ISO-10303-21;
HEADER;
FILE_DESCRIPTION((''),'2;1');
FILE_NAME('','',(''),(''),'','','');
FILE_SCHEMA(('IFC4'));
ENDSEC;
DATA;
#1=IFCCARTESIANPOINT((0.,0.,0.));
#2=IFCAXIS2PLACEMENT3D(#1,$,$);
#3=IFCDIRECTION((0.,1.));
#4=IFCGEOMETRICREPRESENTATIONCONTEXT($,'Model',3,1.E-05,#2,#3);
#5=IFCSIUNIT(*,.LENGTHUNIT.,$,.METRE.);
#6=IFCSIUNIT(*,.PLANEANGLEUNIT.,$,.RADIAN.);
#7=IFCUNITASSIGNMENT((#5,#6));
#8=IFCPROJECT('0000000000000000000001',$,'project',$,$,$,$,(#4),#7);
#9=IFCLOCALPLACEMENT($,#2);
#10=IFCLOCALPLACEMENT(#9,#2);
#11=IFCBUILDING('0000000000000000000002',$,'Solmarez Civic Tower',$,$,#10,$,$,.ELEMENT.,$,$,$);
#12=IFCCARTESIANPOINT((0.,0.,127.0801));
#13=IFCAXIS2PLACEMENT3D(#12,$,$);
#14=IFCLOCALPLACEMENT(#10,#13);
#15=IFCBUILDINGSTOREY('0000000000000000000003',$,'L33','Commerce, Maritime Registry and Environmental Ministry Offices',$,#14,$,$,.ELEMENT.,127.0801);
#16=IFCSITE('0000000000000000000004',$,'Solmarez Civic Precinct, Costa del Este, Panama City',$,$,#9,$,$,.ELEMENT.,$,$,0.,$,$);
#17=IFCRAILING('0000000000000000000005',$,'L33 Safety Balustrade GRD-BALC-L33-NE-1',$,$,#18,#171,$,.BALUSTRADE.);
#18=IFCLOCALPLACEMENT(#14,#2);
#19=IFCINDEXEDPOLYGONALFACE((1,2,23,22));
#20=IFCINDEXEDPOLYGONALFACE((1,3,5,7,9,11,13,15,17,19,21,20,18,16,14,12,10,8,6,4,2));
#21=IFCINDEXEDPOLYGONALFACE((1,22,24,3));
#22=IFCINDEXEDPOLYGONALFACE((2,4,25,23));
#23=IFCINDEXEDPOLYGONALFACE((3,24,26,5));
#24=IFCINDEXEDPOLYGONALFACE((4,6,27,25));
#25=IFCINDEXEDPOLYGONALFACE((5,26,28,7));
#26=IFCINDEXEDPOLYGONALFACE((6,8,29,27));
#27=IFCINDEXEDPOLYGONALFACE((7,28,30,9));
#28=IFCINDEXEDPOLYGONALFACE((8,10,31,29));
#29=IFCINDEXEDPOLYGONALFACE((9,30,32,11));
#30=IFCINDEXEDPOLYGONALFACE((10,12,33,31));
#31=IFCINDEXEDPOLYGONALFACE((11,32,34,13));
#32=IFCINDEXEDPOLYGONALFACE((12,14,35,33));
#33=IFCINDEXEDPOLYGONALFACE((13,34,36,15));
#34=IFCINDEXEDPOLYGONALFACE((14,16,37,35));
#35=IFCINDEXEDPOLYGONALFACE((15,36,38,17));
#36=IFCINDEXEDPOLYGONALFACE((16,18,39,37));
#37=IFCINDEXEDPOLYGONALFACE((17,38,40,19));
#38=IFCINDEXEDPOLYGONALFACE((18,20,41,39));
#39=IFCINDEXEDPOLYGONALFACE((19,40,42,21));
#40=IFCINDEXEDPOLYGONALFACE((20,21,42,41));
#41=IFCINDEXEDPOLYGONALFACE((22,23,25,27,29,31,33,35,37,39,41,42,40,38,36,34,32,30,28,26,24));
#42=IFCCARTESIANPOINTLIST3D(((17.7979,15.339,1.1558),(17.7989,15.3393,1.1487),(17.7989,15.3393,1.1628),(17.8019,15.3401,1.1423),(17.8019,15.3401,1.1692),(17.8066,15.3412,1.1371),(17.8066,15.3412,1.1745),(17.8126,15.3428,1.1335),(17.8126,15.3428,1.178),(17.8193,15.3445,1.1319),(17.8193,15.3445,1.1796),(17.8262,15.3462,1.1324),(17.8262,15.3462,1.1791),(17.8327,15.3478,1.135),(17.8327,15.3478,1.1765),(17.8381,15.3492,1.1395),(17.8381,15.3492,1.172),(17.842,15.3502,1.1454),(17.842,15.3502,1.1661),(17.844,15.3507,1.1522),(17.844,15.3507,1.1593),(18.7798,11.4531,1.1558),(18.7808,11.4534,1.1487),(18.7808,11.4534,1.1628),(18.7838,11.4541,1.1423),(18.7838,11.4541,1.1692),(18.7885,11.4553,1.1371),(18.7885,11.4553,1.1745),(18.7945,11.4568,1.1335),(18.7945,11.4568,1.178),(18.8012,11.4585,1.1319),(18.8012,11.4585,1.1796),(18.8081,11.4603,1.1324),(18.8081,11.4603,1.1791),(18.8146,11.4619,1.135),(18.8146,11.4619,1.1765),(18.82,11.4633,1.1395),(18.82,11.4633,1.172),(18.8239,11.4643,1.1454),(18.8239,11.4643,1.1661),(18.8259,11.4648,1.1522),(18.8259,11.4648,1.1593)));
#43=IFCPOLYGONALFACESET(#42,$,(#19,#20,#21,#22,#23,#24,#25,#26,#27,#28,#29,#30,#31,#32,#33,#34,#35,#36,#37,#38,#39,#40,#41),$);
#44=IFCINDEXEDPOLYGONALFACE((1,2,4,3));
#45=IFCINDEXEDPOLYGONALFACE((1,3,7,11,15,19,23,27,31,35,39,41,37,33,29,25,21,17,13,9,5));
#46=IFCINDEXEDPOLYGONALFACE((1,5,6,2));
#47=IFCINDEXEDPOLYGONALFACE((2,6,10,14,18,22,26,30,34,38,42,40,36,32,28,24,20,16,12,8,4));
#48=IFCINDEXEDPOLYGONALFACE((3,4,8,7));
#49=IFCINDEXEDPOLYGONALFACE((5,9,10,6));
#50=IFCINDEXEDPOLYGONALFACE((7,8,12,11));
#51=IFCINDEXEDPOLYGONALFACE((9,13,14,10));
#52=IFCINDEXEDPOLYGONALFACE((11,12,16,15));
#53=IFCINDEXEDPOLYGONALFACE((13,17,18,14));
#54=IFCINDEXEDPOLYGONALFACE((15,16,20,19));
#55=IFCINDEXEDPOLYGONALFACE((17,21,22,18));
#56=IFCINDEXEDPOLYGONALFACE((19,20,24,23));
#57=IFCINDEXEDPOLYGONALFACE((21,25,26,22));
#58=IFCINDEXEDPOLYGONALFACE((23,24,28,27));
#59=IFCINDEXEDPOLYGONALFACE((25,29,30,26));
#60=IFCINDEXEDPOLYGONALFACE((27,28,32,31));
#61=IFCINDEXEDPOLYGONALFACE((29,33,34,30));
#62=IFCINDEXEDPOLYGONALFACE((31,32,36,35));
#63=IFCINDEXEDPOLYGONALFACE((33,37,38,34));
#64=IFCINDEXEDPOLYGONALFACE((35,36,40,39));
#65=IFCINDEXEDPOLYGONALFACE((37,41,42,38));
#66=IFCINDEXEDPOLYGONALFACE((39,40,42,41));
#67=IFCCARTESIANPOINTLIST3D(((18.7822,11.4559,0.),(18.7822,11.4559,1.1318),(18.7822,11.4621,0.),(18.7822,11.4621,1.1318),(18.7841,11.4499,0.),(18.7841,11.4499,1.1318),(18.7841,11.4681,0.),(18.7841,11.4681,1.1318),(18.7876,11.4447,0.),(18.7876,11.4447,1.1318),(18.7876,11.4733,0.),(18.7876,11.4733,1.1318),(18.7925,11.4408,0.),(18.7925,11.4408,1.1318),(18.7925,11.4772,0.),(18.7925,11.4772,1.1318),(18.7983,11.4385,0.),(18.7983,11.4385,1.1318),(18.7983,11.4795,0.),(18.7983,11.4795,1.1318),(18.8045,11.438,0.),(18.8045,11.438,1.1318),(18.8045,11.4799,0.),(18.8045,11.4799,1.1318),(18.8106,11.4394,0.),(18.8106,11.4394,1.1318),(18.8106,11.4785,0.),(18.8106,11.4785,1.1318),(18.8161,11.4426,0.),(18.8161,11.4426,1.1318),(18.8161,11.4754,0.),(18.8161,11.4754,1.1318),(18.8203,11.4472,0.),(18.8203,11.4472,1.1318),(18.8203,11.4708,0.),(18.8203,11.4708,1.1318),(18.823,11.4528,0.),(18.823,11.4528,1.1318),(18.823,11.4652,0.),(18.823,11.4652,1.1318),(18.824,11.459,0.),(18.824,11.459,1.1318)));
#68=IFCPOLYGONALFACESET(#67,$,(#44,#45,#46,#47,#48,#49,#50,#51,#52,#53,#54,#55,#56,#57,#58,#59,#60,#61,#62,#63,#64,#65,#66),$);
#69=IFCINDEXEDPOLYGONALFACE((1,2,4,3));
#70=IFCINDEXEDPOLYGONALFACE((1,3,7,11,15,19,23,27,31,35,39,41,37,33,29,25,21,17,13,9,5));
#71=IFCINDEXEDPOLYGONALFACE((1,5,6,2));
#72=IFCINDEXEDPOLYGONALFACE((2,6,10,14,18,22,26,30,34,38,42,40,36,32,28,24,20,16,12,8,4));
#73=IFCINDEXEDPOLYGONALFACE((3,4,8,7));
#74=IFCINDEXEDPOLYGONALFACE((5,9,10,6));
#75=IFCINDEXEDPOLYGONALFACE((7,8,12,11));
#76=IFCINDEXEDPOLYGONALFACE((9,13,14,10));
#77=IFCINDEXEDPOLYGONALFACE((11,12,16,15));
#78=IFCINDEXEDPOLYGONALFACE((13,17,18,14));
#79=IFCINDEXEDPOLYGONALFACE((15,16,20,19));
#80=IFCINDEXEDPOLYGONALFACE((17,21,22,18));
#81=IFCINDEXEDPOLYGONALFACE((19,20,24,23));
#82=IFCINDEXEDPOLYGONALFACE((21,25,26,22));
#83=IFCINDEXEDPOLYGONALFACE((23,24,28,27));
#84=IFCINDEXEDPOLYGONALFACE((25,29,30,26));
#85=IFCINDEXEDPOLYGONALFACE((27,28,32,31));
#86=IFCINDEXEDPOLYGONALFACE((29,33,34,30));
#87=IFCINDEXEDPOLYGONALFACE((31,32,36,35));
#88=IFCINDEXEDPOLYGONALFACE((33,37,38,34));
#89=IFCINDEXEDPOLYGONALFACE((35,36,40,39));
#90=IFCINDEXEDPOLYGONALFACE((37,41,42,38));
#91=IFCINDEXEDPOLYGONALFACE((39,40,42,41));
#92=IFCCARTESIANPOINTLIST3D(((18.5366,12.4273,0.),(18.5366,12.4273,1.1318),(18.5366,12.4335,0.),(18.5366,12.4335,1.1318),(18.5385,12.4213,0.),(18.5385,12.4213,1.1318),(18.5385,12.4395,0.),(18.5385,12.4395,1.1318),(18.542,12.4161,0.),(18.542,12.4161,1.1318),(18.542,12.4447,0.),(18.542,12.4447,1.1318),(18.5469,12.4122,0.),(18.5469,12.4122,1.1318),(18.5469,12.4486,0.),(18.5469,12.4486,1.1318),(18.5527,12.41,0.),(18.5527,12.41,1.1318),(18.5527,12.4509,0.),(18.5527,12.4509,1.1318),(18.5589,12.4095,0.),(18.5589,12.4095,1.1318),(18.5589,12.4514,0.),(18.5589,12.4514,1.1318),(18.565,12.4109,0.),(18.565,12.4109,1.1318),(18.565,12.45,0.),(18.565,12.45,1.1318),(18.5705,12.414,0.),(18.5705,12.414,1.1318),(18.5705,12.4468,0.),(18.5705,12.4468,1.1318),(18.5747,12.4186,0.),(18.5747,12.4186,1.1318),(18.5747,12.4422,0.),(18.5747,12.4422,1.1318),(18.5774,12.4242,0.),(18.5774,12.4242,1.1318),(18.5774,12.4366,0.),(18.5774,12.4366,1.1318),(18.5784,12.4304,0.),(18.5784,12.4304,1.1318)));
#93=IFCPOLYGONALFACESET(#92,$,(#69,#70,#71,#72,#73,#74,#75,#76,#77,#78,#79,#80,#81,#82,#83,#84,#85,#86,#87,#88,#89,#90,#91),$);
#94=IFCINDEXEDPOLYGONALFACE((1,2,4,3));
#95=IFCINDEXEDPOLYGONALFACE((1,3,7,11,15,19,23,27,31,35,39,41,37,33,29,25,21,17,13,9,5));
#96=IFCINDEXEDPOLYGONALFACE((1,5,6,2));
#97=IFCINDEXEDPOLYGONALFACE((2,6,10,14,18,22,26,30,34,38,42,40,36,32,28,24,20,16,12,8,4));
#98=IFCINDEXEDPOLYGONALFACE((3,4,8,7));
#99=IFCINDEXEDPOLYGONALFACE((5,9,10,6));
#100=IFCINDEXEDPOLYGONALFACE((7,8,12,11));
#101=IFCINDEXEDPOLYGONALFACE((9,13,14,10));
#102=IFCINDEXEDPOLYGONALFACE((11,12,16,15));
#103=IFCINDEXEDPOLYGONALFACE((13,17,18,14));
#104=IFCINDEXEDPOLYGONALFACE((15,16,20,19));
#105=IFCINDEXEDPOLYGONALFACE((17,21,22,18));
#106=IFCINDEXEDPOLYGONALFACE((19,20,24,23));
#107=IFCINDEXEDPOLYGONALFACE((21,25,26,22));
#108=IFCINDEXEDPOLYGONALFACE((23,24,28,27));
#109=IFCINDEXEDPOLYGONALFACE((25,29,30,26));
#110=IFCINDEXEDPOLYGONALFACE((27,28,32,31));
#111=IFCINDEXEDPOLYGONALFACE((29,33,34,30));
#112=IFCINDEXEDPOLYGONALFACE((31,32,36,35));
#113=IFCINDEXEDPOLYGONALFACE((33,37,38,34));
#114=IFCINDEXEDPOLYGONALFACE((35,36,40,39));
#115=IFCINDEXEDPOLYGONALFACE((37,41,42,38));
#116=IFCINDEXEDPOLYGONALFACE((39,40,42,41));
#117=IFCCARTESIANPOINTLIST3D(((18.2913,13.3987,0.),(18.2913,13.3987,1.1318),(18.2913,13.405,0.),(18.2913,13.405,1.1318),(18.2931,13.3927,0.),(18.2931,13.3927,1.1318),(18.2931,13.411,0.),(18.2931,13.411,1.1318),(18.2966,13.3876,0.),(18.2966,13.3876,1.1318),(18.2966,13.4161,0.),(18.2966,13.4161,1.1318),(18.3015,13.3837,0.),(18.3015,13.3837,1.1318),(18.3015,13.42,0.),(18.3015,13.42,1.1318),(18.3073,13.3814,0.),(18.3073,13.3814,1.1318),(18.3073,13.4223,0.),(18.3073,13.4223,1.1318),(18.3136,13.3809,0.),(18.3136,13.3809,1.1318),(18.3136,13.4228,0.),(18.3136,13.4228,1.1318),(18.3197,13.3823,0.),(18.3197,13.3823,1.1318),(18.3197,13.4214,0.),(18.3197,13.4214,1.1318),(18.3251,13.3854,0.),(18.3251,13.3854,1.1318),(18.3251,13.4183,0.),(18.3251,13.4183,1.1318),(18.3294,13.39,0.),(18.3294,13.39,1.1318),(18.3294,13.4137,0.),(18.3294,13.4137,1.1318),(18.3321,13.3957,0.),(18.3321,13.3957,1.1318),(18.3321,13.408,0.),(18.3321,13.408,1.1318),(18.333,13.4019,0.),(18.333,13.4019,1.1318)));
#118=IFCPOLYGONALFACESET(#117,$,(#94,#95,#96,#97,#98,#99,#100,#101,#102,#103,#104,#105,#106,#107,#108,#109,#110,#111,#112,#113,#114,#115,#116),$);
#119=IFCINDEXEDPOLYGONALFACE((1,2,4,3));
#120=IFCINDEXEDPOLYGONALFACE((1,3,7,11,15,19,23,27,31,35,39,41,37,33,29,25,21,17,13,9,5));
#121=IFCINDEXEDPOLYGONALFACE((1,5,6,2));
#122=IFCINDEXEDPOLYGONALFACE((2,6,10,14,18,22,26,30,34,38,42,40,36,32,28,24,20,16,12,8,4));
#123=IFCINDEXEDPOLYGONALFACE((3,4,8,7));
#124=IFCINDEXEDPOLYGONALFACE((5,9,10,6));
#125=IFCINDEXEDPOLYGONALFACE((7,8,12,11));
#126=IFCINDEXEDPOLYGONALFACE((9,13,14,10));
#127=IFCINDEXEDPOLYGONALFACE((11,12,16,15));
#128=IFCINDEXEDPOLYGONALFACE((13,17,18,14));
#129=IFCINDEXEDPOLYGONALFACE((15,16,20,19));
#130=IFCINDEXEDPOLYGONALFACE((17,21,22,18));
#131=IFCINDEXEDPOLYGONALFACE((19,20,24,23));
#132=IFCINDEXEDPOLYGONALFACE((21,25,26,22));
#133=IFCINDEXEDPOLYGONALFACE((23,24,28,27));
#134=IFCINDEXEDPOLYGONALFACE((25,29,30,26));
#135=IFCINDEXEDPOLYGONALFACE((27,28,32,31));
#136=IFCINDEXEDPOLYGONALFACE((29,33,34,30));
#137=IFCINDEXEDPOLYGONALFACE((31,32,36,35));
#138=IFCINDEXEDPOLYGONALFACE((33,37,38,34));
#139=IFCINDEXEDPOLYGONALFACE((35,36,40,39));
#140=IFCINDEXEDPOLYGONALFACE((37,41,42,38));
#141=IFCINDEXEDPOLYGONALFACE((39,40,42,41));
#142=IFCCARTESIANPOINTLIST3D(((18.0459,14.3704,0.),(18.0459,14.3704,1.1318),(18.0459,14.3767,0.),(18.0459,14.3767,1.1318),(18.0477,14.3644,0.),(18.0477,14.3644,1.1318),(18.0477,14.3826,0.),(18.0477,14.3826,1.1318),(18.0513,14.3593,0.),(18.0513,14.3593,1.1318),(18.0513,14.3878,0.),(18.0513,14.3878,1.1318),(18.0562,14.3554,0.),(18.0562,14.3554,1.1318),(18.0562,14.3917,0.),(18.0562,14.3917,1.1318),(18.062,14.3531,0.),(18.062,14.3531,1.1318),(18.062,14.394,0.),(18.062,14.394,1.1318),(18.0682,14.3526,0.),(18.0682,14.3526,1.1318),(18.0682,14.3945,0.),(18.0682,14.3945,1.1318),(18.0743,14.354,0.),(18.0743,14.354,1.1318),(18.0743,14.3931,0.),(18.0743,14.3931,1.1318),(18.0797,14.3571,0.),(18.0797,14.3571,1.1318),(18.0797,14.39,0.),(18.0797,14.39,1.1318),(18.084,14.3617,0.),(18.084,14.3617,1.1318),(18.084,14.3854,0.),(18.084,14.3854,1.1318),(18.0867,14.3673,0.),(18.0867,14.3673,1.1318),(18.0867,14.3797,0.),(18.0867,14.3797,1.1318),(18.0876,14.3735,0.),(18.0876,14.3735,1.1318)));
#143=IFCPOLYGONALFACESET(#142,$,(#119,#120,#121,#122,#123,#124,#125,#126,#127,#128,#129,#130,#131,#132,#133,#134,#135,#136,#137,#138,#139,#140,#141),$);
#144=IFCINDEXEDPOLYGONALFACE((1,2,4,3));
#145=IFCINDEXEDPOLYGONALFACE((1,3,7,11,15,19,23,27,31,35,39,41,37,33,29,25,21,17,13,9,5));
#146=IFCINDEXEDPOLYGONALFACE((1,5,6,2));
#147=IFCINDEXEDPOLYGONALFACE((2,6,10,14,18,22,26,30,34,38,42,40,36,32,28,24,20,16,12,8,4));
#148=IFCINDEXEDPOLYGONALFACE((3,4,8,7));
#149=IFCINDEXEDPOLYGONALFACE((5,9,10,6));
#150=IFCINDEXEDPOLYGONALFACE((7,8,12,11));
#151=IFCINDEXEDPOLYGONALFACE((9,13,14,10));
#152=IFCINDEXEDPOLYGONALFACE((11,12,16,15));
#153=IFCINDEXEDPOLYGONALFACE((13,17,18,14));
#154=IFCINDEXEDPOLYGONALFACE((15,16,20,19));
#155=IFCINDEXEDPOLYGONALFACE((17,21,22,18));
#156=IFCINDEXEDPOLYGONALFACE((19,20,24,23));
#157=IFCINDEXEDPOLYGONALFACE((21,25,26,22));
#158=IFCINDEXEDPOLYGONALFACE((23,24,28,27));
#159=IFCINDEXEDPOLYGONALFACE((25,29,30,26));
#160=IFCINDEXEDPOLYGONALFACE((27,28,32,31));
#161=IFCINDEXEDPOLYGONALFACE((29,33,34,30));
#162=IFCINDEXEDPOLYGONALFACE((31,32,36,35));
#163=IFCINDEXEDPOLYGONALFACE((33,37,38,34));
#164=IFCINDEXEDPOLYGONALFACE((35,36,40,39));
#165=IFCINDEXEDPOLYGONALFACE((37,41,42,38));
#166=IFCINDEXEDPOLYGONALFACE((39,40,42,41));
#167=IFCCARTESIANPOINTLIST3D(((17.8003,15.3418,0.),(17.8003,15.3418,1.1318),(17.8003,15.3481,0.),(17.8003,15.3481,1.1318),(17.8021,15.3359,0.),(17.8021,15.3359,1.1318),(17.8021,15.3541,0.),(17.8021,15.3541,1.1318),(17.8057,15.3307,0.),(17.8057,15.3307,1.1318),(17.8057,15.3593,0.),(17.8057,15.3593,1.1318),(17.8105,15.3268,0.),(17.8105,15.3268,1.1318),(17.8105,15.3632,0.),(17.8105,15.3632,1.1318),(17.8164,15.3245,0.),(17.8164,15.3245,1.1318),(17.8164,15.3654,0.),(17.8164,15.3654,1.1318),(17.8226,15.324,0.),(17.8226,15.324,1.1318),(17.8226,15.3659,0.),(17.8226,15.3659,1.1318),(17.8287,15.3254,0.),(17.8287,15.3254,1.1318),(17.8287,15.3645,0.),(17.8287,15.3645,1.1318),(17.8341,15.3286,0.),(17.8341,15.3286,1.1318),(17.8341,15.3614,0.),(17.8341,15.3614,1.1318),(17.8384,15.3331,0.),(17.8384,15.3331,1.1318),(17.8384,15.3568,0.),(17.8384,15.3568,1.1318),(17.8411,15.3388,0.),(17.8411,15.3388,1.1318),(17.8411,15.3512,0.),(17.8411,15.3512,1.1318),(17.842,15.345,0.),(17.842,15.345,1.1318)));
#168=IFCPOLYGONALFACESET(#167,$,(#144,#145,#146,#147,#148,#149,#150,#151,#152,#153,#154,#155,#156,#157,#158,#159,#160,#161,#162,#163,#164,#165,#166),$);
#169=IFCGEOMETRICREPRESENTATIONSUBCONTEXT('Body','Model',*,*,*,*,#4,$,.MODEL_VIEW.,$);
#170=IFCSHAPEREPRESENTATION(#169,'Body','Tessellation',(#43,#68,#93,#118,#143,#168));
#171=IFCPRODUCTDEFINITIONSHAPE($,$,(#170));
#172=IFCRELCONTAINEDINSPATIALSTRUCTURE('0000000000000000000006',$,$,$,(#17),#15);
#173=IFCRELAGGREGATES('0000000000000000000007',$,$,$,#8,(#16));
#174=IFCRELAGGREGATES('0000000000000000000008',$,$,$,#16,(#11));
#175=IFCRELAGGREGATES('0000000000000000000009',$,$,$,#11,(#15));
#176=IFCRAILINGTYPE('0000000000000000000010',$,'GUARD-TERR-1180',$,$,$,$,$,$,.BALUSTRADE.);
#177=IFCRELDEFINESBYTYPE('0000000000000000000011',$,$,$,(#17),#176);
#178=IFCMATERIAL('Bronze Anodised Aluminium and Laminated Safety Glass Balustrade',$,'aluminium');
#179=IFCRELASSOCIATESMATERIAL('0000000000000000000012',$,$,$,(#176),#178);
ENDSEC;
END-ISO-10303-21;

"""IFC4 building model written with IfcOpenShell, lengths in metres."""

from ifc_helpers import new_model, si_unit, direction, frame, origin, origin_2d, place, context, subcontext, project, spatial, circle, extrude, material, type_object, element, save


model = new_model("IFC4")

# Units and contexts
model_context = context("Model", 3, precision=1e-05, world=origin(), true_north=direction((0.0, 1.0)))
body_context = subcontext(model_context, "Body", "Model", "MODEL_VIEW")
ifc_project = project(units=[si_unit("LENGTHUNIT", "METRE"), si_unit("PLANEANGLEUNIT", "RADIAN")], contexts=[model_context])

# Site, building, storey
site_placement = place(None, origin())
site = spatial("IfcSite", under=ifc_project, at=site_placement, Name="Solmarez Civic Precinct, Costa del Este, Panama City", CompositionType="ELEMENT", RefElevation=0.0)
building_placement = place(site_placement, origin())
building = spatial("IfcBuilding", under=site, at=building_placement, Name="Solmarez Civic Tower", CompositionType="ELEMENT")
storey_placement = place(building_placement, frame((0.0, 0.0, 127.0801)))
storey = spatial("IfcBuildingStorey", under=building, at=storey_placement, Name="L33", Description="Commerce, Maritime Registry and Environmental Ministry Offices", CompositionType="ELEMENT", Elevation=127.0801)

# Railing
ifc_material_1 = material(Name="Bronze Anodised Aluminium and Laminated Safety Glass Balustrade", Category="aluminium")
railing_type = type_object("IfcRailingType", Name="GUARD-TERR-1180", PredefinedType="BALUSTRADE", material=ifc_material_1)
railing_1_placement = place(storey_placement, frame((18.803, 11.459, 0.0)))
element("IfcRailing", 1, at=railing_1_placement, inside=storey, type_object=railing_type, Name="L33 Safety Balustrade GRD-BALC-L33-NE-1", PredefinedType="BALUSTRADE", context=body_context, shape_type="SweptSolid", body=[
    extrude(circle(Radius=0.0239, at=origin_2d()), frame((0.0, 0.0, 1.1558), z_axis=(-0.244986, 0.969527, 0.0), x_axis=(-0.969527, -0.244986, 0.0)), (0.0, 0.0, 1.0), 4.0081),
    extrude(circle(Radius=0.021, at=origin_2d()), origin(), (0.0, 0.0, 1.0), 1.1318),
    extrude(circle(Radius=0.021, at=origin_2d()), frame((-0.2456, 0.9714, 0.0)), (0.0, 0.0, 1.0), 1.1318),
    extrude(circle(Radius=0.021, at=origin_2d()), frame((-0.491, 1.9429, 0.0)), (0.0, 0.0, 1.0), 1.1318),
    extrude(circle(Radius=0.021, at=origin_2d()), frame((-0.7363, 2.9146, 0.0)), (0.0, 0.0, 1.0), 1.1318),
    extrude(circle(Radius=0.021, at=origin_2d()), frame((-0.9819, 3.886, 0.0)), (0.0, 0.0, 1.0), 1.1318),
])

save(model, "model.ifc")
